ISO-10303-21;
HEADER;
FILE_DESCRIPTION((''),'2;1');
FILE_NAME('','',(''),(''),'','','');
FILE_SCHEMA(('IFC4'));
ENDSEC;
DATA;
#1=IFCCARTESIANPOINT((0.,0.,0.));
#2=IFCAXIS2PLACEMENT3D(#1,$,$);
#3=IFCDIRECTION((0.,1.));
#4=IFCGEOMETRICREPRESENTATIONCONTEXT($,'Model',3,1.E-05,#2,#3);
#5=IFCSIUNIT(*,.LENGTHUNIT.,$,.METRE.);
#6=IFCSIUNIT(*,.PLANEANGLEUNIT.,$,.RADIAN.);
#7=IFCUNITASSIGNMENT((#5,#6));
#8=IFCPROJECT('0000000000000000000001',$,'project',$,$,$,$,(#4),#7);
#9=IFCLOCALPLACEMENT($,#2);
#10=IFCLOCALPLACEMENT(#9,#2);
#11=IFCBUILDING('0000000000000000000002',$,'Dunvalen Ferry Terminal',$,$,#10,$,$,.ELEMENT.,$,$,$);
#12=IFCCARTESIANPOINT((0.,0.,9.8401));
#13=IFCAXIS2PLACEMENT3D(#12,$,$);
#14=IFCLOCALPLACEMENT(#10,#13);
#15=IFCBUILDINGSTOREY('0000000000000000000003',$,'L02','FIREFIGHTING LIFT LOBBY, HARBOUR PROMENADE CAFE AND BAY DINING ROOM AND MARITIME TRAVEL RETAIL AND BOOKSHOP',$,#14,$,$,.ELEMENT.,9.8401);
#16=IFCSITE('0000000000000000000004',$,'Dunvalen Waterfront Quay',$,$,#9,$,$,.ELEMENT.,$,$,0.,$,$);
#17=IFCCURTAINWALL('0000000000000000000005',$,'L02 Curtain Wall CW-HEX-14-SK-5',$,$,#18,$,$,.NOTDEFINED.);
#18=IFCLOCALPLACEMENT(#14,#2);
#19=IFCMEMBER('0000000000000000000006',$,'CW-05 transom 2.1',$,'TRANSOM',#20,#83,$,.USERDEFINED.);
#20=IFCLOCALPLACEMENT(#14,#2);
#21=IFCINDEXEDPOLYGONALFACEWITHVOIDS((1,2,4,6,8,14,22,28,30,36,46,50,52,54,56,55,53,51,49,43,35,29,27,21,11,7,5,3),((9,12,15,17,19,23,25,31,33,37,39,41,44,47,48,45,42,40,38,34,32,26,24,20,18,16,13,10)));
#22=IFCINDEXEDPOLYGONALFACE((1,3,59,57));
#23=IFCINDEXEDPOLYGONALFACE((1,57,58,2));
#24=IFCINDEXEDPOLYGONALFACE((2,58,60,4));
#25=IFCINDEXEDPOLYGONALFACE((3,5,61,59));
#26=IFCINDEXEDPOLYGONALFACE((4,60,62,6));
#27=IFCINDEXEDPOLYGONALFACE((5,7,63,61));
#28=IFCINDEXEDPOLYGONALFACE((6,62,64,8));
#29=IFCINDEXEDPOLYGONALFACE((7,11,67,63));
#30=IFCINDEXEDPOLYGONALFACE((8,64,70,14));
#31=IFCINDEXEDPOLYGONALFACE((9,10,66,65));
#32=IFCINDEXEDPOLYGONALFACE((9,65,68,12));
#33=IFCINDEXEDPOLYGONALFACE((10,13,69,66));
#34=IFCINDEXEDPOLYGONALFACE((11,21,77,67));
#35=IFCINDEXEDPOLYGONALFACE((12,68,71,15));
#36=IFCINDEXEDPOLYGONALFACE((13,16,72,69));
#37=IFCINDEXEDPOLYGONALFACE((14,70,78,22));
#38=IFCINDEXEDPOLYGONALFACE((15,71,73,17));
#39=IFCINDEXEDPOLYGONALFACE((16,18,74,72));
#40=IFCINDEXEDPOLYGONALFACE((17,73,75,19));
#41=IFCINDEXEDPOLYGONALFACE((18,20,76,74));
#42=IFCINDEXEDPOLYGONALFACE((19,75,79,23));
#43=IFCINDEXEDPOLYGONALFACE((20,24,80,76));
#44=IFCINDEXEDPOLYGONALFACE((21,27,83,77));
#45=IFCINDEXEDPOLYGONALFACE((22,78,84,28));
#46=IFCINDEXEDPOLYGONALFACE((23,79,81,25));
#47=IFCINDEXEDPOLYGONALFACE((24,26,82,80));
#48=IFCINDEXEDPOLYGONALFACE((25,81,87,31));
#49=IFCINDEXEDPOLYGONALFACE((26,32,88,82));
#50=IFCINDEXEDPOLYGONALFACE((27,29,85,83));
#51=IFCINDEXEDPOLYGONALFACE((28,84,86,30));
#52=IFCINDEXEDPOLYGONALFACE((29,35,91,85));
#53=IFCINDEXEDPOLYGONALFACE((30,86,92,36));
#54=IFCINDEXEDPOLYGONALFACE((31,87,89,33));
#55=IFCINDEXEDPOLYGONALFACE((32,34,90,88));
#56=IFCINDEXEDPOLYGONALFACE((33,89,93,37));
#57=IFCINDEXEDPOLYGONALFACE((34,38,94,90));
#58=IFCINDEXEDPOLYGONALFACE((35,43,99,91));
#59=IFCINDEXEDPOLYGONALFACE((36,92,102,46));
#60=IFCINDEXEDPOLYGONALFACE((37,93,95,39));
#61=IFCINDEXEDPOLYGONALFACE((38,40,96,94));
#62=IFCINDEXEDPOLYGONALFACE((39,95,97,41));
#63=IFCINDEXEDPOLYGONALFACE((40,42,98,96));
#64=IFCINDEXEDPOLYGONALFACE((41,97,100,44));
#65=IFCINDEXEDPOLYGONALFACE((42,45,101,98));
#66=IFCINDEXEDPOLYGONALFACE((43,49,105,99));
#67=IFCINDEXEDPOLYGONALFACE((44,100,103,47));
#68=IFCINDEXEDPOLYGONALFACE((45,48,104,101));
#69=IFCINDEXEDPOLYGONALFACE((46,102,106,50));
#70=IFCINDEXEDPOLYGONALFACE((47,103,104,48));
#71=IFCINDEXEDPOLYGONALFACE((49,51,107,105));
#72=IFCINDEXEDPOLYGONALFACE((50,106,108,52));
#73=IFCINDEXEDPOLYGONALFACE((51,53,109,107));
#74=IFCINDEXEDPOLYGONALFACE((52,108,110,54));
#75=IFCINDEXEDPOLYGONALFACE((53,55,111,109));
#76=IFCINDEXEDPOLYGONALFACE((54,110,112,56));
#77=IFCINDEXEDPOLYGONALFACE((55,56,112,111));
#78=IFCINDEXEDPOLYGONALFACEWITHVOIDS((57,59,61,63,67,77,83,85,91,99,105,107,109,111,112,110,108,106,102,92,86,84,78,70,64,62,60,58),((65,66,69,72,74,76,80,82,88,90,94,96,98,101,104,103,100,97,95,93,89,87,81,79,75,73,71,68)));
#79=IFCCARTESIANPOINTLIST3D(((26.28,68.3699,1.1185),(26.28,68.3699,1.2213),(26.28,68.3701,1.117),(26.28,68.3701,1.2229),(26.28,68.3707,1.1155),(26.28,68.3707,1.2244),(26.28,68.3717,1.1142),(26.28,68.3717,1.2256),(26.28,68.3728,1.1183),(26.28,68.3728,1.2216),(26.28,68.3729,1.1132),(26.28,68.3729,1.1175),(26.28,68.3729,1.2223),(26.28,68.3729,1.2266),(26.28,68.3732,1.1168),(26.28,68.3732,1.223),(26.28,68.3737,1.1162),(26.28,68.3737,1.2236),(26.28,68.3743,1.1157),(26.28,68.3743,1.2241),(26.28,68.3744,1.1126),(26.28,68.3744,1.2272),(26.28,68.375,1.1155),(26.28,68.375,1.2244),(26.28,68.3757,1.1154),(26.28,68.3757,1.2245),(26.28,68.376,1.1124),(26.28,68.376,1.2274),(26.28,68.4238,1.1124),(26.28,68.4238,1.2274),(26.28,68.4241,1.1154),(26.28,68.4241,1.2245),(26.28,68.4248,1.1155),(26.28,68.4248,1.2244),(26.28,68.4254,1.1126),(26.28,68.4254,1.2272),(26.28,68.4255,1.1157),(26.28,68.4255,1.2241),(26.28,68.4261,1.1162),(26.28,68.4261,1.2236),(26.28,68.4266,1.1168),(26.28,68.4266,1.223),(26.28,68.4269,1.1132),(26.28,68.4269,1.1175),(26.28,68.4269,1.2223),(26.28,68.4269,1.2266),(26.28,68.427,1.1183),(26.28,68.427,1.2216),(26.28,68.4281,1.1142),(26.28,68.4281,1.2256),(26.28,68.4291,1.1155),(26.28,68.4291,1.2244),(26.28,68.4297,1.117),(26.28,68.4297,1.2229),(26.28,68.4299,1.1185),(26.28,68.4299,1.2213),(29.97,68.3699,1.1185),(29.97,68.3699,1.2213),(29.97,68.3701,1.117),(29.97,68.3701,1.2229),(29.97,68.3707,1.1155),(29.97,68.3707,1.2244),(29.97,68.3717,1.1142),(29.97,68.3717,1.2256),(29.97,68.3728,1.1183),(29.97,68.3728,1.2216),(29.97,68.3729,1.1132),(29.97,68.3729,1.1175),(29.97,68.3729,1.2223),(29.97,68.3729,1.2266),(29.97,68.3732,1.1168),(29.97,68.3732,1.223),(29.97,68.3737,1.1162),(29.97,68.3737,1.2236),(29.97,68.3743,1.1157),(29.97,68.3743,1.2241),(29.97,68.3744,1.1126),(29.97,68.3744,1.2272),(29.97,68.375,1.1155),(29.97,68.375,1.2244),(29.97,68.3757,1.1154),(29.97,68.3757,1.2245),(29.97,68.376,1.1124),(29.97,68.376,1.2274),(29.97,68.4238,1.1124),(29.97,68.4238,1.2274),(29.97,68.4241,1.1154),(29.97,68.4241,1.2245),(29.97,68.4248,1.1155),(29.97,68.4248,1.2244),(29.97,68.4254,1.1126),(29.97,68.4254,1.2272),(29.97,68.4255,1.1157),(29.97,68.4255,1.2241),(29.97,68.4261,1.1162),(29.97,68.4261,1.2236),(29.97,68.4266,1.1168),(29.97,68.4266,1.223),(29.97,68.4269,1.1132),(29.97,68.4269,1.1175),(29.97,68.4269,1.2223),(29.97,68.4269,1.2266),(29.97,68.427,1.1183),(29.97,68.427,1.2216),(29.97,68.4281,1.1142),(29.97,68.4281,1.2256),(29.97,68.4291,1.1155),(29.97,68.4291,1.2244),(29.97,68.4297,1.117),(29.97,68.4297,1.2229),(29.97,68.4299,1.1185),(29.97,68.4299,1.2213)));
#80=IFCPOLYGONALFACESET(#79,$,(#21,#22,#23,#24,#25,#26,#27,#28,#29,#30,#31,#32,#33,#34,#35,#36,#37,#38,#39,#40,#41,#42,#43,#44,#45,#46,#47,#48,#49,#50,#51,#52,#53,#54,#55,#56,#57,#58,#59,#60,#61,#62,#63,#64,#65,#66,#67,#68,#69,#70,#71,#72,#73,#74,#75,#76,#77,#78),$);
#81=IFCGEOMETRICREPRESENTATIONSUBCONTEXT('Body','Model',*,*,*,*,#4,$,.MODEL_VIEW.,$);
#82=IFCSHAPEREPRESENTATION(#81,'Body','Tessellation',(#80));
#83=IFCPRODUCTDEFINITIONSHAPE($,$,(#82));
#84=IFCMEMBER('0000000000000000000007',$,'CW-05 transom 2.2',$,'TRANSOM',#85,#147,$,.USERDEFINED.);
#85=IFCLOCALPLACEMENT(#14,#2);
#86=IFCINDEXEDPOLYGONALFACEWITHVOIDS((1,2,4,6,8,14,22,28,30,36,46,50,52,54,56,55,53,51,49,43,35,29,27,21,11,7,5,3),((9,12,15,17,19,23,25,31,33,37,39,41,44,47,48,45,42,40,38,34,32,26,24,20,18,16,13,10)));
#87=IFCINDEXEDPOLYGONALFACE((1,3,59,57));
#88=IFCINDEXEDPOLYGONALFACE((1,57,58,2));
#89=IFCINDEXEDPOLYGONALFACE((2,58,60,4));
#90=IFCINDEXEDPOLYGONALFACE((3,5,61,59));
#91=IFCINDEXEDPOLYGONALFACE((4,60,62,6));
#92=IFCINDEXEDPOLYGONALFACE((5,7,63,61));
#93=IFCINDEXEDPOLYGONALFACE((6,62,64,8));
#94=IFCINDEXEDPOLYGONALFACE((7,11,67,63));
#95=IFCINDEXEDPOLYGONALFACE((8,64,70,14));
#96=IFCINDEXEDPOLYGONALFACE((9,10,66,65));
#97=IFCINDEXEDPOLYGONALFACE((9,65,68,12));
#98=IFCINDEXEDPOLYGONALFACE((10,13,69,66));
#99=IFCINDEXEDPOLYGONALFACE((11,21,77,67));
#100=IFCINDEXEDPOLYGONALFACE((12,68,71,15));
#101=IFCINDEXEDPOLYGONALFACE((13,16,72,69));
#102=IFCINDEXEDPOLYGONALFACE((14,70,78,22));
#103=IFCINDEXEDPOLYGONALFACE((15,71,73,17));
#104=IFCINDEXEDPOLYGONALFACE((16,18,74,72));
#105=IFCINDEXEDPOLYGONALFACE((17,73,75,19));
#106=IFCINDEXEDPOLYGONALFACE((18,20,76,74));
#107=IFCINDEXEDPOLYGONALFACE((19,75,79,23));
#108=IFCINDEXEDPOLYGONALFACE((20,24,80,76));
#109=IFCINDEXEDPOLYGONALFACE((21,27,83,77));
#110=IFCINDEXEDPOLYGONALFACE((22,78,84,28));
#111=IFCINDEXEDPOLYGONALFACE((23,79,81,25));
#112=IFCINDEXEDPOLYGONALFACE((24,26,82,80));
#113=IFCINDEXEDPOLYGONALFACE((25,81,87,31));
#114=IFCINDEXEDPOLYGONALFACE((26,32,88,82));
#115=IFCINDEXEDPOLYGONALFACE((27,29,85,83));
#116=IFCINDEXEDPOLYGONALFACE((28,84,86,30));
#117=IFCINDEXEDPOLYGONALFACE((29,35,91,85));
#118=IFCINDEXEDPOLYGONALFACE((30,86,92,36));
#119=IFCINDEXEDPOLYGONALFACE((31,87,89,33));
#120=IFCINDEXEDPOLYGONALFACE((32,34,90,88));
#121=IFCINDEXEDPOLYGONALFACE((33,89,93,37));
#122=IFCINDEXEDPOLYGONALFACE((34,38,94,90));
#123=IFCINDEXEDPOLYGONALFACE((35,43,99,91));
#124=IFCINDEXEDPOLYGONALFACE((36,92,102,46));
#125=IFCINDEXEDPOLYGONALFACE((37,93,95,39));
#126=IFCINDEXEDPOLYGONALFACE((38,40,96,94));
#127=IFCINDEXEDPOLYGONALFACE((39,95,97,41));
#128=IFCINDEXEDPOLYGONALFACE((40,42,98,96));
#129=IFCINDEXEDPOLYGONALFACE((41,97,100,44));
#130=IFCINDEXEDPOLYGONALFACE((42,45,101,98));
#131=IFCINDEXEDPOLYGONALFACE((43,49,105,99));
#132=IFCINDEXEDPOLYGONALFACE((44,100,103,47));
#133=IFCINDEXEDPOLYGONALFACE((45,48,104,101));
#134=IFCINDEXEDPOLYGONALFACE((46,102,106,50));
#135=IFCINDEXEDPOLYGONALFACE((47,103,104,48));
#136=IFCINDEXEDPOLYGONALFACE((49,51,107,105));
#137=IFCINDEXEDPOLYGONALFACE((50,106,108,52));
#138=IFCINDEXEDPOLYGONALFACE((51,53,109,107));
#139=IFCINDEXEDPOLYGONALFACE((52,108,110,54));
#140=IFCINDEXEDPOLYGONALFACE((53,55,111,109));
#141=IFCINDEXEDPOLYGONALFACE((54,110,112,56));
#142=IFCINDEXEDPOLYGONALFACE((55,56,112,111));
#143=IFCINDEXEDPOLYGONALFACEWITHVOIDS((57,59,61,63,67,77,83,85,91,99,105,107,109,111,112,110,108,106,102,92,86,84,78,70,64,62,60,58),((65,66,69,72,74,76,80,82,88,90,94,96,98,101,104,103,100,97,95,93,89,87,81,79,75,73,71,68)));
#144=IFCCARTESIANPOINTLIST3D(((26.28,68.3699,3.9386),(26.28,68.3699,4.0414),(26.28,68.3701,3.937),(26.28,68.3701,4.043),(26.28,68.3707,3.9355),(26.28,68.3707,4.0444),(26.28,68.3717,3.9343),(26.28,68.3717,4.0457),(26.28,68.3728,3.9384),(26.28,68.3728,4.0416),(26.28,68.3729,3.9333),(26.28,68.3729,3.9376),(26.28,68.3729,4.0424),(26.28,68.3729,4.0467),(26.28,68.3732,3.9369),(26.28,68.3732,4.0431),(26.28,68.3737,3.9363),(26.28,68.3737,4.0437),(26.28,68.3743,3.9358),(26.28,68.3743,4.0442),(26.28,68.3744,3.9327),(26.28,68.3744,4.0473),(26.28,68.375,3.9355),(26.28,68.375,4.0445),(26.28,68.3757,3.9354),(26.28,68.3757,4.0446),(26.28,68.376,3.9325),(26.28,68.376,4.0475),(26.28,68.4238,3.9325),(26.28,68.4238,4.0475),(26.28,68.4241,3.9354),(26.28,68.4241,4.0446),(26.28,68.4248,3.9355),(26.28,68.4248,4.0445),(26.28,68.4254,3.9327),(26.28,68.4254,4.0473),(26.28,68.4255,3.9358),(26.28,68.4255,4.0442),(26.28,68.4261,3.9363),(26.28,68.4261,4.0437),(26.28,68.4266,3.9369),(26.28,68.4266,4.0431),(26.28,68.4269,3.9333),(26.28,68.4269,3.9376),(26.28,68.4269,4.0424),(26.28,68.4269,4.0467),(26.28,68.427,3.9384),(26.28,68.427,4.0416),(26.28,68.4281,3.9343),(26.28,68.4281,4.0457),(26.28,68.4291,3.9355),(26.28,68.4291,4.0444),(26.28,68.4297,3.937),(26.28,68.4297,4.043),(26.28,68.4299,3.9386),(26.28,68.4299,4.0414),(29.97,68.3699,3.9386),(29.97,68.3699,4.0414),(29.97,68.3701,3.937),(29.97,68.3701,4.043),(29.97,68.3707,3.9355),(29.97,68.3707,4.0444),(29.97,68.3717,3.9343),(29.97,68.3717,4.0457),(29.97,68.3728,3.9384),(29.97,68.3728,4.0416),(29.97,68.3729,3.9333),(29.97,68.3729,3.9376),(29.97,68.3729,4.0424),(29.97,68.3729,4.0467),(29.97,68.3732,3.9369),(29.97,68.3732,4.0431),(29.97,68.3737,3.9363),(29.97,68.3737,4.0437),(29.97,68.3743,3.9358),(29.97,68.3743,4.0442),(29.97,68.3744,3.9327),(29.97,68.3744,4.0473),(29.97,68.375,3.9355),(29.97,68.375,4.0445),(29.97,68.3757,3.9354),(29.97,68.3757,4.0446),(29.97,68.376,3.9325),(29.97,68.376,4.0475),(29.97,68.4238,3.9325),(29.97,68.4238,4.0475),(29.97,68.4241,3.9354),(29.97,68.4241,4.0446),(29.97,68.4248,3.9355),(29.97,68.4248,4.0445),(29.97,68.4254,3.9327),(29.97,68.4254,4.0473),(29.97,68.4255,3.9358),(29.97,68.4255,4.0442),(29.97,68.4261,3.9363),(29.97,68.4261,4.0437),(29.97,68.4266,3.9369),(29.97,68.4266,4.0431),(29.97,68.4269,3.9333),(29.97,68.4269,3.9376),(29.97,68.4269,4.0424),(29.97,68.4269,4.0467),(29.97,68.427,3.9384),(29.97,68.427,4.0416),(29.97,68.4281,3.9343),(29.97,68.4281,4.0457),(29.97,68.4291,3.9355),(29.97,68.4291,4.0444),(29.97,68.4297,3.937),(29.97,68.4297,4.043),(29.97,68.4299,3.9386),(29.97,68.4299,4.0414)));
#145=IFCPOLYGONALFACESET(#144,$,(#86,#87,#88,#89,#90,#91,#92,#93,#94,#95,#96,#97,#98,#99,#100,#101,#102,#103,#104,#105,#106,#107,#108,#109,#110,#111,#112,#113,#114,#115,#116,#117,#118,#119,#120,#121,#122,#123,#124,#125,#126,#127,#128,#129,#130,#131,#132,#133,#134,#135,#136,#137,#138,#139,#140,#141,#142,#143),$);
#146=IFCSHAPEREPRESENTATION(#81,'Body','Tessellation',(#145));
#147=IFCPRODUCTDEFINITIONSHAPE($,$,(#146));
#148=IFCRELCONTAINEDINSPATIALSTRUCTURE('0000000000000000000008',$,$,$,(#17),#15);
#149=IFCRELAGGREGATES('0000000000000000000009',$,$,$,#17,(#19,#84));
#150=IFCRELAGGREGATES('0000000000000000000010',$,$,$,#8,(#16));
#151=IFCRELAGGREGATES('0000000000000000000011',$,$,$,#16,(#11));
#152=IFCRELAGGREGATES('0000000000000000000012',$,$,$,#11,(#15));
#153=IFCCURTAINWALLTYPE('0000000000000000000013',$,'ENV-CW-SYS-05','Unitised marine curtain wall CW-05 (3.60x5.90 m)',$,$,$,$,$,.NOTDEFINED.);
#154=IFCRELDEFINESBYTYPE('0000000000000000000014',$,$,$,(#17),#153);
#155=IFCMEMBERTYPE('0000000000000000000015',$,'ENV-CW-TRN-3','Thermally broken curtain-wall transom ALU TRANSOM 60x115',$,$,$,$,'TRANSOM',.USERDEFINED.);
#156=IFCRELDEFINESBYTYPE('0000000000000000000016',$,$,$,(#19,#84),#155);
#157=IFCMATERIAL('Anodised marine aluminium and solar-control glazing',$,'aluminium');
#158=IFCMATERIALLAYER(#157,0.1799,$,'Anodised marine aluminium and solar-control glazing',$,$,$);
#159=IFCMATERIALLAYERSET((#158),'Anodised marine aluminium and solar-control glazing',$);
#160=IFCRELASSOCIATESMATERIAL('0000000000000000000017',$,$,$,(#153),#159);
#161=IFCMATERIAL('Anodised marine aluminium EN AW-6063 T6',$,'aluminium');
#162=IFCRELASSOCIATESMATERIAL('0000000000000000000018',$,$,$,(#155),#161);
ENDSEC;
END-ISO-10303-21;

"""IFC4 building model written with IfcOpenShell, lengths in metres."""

from ifc_helpers import new_model, si_unit, direction, frame, origin, origin_2d, place, context, subcontext, project, spatial, hollow_rectangle, extrude, material, layer, layer_set, material_profile, profile_set, type_object, element, aggregate, save


model = new_model("IFC4")

# Units and contexts
model_context = context("Model", 3, precision=1e-05, world=origin(), true_north=direction((0.0, 1.0)))
body_context = subcontext(model_context, "Body", "Model", "MODEL_VIEW")
ifc_project = project(units=[si_unit("LENGTHUNIT", "METRE"), si_unit("PLANEANGLEUNIT", "RADIAN")], contexts=[model_context])

# Site, building, storey
site_placement = place(None, origin())
site = spatial("IfcSite", under=ifc_project, at=site_placement, Name="Dunvalen Waterfront Quay", CompositionType="ELEMENT", RefElevation=0.0)
building_placement = place(site_placement, origin())
building = spatial("IfcBuilding", under=site, at=building_placement, Name="Dunvalen Ferry Terminal", CompositionType="ELEMENT")
storey_placement = place(building_placement, frame((0.0, 0.0, 9.8401)))
storey = spatial("IfcBuildingStorey", under=building, at=storey_placement, Name="L02", Description="FIREFIGHTING LIFT LOBBY, HARBOUR PROMENADE CAFE AND BAY DINING ROOM AND MARITIME TRAVEL RETAIL AND BOOKSHOP", CompositionType="ELEMENT", Elevation=9.8401)

# Curtain wall
ifc_material_1 = material(Name="Anodised marine aluminium and solar-control glazing", Category="aluminium")
ifc_layer_1 = layer(ifc_material_1, 0.1799, Name="Anodised marine aluminium and solar-control glazing")
ifc_layer_set_1 = layer_set([ifc_layer_1], Name="Anodised marine aluminium and solar-control glazing")
curtain_wall_type_1 = type_object("IfcCurtainWallType", Name="ENV-CW-SYS-05", Description="Unitised marine curtain wall CW-05 (3.60x5.90 m)", PredefinedType="NOTDEFINED", material=ifc_layer_set_1)
curtain_wall_1_placement = place(storey_placement, origin())
curtain_wall_1 = element("IfcCurtainWall", 1, at=curtain_wall_1_placement, inside=storey, type_object=curtain_wall_type_1, Name="L02 Curtain Wall CW-HEX-14-SK-5", PredefinedType="NOTDEFINED")
ifc_material_2 = material(Name="Anodised marine aluminium EN AW-6063 T6", Category="aluminium")

# Members
ifc_material_profile_1 = material_profile(ifc_material_2, hollow_rectangle(XDim=0.0601, YDim=0.115, WallThickness=0.0029, InnerFilletRadius=0.0029, OuterFilletRadius=0.0061, at=origin_2d()), Name="Anodised marine aluminium EN AW-6063 T6")
ifc_profile_set_1 = profile_set([ifc_material_profile_1], Name="Anodised marine aluminium EN AW-6063 T6")
member_type_1 = type_object("IfcMemberType", Name="ENV-CW-TRN-3", Description="Thermally broken curtain-wall transom ALU TRANSOM 60x115", ElementType="TRANSOM", PredefinedType="USERDEFINED", material=ifc_profile_set_1)
member_1_placement = place(storey_placement, frame((29.97, 68.3999, 1.1699), z_axis=(-1.0, 0.0, 0.0), x_axis=(0.0, -1.0, 0.0)))
member_1 = element("IfcMember", 2, at=member_1_placement, type_object=member_type_1, Name="CW-05 transom 2.1", ObjectType="TRANSOM", PredefinedType="USERDEFINED", context=body_context, shape_type="SweptSolid", body=[
    extrude(hollow_rectangle(XDim=0.0601, YDim=0.115, WallThickness=0.0029, InnerFilletRadius=0.0029, OuterFilletRadius=0.0061, at=origin_2d()), origin(), (0.0, 0.0, 1.0), 3.6899),
])
member_2_placement = place(storey_placement, frame((29.97, 68.3999, 3.99), z_axis=(-1.0, 0.0, 0.0), x_axis=(0.0, -1.0, 0.0)))
member_2 = element("IfcMember", 3, at=member_2_placement, type_object=member_type_1, Name="CW-05 transom 2.2", ObjectType="TRANSOM", PredefinedType="USERDEFINED", context=body_context, shape_type="SweptSolid", body=[
    extrude(hollow_rectangle(XDim=0.0601, YDim=0.115, WallThickness=0.0029, InnerFilletRadius=0.0029, OuterFilletRadius=0.0061, at=origin_2d()), origin(), (0.0, 0.0, 1.0), 3.6899),
])

aggregate(curtain_wall_1, [member_1, member_2])

save(model, "model.ifc")
